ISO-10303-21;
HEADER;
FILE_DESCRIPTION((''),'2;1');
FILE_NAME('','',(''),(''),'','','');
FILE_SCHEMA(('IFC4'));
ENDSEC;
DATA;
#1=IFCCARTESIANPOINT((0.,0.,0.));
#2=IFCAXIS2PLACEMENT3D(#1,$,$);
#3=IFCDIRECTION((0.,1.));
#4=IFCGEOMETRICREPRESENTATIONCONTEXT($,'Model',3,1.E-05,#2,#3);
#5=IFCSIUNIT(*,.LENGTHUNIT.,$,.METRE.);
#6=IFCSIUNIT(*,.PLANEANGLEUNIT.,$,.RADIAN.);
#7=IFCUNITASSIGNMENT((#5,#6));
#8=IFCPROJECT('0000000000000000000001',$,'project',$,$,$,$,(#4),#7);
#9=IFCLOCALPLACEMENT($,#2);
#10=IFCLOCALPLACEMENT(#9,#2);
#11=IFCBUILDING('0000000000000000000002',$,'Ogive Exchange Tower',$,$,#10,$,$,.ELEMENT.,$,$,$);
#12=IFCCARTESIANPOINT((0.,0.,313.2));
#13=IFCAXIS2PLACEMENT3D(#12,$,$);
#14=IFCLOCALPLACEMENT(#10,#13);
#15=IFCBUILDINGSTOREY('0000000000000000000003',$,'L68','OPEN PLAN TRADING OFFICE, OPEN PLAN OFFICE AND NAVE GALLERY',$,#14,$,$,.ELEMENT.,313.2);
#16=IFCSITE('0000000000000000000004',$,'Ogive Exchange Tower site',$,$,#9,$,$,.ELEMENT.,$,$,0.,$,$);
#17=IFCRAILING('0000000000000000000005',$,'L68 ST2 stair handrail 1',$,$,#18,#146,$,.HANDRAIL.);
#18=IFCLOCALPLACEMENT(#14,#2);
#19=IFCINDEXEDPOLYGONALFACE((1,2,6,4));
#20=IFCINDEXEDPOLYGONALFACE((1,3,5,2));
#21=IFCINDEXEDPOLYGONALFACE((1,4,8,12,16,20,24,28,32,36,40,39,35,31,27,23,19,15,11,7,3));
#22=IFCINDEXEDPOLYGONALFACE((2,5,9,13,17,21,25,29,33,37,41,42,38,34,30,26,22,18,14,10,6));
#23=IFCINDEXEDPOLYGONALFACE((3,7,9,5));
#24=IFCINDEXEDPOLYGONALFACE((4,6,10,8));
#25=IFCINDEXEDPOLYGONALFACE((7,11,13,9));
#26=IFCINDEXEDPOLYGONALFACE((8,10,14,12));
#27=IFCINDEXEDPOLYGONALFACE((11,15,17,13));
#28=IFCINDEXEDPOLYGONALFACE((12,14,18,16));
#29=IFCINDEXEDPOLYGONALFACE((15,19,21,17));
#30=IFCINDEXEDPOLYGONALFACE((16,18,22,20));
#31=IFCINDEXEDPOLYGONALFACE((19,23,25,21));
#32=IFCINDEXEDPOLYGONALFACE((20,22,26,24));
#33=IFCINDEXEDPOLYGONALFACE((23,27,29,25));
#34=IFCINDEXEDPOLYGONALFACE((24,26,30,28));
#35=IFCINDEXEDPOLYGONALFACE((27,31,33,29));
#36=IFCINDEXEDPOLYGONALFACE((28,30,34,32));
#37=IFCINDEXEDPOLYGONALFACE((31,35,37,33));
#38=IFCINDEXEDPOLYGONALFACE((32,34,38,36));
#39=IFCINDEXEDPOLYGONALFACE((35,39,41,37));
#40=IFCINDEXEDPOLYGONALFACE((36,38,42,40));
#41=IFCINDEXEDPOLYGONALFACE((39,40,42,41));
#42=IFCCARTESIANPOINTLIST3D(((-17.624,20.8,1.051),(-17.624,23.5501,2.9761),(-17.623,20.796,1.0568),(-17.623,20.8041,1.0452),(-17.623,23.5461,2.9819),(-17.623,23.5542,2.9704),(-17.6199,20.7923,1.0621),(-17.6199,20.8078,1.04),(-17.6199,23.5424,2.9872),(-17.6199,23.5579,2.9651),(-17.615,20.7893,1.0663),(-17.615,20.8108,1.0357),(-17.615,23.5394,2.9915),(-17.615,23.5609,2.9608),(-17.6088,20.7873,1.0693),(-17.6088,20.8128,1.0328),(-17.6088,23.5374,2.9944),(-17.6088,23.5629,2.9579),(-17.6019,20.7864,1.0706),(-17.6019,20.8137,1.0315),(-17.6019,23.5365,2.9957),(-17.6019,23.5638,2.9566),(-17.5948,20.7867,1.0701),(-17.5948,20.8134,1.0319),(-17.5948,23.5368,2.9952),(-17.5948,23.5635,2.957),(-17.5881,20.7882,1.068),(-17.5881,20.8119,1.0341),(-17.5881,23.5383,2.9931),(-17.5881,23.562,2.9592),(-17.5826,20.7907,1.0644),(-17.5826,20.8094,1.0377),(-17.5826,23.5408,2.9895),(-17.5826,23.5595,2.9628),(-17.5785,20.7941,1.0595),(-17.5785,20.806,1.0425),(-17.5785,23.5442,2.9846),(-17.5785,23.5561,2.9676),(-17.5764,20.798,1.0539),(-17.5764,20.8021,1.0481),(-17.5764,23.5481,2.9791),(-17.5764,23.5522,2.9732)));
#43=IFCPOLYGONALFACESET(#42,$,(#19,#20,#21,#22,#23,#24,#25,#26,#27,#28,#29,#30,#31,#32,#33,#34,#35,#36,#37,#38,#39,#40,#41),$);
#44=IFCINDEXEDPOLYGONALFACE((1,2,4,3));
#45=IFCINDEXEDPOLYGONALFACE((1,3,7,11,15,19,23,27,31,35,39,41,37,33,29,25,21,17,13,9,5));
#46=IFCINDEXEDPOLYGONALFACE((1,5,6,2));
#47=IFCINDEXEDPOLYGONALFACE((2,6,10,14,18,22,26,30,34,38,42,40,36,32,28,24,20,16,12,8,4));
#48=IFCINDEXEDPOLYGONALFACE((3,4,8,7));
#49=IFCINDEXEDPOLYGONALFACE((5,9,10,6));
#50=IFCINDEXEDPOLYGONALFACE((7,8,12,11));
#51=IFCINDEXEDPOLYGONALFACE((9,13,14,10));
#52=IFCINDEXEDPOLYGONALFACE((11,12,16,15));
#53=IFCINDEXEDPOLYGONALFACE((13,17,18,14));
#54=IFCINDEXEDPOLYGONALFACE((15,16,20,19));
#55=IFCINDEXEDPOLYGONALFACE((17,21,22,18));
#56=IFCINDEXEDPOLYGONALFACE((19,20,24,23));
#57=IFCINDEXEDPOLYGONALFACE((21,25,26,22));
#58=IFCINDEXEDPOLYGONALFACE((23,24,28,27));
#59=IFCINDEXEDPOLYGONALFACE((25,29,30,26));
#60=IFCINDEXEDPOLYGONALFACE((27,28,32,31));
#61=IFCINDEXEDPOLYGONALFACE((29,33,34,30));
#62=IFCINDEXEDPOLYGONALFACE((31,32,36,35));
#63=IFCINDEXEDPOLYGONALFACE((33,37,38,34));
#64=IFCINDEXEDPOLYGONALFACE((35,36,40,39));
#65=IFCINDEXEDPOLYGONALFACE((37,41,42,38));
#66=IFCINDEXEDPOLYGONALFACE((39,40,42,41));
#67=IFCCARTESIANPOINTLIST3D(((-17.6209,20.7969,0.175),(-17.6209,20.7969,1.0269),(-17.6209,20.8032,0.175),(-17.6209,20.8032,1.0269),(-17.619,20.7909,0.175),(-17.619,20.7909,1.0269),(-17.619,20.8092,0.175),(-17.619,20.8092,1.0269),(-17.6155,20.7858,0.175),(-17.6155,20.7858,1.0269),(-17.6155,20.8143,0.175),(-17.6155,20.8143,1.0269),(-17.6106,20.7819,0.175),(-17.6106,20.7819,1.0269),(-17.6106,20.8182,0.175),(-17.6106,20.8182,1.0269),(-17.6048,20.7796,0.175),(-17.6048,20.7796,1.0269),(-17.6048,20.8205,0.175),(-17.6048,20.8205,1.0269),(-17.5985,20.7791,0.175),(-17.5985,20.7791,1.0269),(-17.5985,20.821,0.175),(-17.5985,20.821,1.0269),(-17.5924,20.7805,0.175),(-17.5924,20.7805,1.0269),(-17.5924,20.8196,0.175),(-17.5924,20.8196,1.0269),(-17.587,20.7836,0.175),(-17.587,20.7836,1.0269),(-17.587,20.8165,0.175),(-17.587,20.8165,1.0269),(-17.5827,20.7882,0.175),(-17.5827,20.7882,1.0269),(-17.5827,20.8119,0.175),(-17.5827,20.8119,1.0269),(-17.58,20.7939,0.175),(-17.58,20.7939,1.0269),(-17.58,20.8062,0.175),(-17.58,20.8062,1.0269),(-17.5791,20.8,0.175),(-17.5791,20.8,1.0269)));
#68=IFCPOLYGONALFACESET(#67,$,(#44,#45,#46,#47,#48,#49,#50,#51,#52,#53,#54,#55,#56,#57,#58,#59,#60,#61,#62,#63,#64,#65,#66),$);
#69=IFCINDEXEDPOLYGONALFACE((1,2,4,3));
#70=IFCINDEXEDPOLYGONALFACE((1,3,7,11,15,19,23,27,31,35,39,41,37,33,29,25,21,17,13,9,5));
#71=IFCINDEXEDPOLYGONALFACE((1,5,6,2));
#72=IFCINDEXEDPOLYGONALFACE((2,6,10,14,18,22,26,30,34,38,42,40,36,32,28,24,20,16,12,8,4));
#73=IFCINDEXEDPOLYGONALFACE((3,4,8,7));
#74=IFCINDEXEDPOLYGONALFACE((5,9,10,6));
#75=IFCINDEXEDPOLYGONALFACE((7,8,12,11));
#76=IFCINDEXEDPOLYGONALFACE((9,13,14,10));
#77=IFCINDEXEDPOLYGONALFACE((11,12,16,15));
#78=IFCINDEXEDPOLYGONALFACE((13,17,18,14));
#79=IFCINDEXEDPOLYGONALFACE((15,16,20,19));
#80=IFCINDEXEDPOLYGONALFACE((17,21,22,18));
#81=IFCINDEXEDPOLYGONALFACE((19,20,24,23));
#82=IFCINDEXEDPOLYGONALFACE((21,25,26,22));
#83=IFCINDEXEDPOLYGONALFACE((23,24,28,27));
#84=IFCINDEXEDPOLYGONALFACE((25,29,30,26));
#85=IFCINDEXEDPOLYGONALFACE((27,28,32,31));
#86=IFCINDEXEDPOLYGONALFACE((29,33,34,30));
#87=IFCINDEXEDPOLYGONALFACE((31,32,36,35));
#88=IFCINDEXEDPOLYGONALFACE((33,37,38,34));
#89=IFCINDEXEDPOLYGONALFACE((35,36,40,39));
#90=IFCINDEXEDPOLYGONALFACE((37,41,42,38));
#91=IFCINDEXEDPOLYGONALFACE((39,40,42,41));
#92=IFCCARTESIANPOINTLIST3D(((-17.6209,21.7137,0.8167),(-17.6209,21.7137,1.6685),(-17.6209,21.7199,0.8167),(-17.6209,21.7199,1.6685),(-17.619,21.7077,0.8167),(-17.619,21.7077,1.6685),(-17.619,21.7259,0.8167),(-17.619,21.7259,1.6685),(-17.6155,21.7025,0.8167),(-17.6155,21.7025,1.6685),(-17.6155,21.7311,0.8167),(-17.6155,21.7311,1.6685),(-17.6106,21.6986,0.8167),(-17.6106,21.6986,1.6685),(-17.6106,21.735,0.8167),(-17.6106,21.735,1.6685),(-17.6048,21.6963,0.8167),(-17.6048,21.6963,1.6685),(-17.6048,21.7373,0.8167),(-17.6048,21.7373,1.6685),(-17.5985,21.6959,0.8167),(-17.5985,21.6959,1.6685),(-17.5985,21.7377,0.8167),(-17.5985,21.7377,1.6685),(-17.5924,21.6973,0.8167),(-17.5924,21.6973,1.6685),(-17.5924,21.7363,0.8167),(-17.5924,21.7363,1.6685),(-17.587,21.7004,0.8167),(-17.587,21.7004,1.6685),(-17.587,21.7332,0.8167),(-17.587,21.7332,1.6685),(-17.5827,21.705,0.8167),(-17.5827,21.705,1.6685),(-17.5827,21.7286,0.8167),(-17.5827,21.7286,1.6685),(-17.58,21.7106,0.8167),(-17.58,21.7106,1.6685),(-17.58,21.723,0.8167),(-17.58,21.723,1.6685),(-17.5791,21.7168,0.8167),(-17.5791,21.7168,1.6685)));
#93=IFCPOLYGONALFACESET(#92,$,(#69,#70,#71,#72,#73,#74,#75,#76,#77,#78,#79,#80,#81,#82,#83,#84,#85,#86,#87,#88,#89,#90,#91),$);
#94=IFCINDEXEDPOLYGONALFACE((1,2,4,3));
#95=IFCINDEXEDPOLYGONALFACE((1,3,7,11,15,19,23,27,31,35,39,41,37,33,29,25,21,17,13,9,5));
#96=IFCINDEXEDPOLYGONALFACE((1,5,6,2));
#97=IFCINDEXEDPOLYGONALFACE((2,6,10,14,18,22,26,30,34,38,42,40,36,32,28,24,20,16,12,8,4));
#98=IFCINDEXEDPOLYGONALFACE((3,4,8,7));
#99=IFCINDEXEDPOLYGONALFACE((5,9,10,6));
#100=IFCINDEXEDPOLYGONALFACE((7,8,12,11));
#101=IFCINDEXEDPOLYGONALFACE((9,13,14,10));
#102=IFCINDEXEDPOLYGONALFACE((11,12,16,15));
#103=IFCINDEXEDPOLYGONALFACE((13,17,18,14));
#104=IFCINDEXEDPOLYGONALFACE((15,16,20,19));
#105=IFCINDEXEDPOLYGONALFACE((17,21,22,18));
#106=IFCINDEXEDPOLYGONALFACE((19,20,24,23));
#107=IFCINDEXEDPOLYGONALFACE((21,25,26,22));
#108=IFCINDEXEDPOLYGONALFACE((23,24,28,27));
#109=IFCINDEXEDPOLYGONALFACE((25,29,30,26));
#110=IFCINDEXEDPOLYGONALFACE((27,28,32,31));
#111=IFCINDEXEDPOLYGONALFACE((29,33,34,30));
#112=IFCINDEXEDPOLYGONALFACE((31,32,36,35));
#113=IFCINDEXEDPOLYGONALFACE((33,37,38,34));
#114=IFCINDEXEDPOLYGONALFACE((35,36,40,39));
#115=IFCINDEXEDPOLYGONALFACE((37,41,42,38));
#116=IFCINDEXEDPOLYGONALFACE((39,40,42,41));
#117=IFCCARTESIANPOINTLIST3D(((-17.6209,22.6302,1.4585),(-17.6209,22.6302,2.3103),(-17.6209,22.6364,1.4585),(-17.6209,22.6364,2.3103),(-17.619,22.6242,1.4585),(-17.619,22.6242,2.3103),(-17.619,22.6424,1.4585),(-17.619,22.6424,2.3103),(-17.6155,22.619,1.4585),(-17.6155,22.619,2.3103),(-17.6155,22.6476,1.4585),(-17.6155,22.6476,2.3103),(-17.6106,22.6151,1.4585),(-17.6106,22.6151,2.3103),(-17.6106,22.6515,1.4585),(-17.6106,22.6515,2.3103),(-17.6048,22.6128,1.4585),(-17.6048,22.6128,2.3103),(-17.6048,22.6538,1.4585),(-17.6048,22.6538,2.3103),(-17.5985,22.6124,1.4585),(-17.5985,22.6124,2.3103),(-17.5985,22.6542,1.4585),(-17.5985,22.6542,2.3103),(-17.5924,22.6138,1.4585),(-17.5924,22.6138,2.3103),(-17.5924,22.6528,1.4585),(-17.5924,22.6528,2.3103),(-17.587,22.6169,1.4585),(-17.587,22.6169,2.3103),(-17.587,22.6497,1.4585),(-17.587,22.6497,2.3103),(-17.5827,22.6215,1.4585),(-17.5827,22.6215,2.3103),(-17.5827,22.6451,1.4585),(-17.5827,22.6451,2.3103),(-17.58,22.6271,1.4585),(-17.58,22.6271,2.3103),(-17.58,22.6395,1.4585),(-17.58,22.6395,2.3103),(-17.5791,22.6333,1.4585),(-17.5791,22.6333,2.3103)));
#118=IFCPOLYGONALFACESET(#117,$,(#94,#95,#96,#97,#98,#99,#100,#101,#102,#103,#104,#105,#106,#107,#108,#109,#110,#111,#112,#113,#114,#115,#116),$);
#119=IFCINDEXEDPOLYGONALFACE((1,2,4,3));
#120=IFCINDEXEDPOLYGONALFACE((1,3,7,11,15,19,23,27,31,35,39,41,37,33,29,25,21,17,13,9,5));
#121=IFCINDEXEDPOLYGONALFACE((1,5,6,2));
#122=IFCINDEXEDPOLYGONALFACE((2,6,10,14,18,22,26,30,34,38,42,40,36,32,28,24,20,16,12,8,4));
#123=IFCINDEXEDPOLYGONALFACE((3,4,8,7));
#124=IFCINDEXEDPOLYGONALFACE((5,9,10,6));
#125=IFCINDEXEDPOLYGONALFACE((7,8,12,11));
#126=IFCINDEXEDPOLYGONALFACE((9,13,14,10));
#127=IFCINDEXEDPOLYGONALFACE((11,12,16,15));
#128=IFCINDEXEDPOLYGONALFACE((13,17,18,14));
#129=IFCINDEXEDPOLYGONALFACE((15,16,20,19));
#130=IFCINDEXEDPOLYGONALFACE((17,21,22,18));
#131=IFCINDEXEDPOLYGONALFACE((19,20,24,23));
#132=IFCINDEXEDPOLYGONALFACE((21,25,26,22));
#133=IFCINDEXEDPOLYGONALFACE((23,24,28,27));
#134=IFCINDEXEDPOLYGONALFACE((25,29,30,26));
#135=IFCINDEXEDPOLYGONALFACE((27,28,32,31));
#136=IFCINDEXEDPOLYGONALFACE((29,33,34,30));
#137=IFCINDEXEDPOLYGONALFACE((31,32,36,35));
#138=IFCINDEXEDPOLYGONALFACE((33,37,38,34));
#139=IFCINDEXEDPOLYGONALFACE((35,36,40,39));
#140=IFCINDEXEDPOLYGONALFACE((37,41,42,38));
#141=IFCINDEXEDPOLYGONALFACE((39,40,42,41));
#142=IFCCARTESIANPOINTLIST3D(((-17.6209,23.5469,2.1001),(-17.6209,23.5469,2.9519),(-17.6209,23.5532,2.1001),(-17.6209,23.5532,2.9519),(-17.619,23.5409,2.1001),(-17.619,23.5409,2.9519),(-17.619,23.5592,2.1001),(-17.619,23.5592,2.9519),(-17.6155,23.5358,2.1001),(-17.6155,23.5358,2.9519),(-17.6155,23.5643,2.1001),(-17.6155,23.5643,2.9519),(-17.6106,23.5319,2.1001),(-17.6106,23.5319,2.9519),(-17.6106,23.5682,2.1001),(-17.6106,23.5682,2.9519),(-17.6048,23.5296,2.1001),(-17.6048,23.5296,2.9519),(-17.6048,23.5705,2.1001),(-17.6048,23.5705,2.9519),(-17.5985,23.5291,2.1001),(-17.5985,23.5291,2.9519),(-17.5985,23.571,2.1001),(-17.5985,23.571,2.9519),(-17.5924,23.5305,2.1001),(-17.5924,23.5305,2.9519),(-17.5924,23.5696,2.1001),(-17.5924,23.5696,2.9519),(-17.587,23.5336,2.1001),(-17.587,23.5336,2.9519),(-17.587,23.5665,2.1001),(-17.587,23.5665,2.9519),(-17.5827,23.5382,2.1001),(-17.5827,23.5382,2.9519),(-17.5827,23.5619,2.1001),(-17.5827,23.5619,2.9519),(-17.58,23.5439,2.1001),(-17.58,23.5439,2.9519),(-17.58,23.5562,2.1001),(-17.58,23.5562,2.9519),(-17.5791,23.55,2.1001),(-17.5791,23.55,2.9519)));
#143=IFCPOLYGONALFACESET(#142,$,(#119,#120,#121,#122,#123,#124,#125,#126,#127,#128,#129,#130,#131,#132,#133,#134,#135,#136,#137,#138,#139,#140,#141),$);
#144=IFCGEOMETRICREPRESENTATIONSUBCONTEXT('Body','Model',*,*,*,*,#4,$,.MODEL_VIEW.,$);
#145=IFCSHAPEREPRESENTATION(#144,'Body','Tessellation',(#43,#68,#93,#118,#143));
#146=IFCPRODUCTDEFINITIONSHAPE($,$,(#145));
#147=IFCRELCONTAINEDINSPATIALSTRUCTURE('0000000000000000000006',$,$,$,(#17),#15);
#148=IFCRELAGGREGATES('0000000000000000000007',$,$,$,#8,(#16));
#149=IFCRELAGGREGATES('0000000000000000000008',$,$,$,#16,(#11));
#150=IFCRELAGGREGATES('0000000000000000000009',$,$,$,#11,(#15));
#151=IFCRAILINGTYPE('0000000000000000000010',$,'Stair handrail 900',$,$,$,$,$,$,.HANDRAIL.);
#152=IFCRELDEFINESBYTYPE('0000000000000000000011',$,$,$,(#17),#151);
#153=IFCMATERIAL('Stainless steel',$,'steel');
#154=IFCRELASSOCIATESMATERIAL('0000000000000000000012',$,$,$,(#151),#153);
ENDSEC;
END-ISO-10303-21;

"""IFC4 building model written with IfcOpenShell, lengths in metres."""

from ifc_helpers import new_model, si_unit, direction, frame, origin, origin_2d, place, context, subcontext, project, spatial, circle, extrude, material, type_object, element, save


model = new_model("IFC4")

# Units and contexts
model_context = context("Model", 3, precision=1e-05, world=origin(), true_north=direction((0.0, 1.0)))
body_context = subcontext(model_context, "Body", "Model", "MODEL_VIEW")
ifc_project = project(units=[si_unit("LENGTHUNIT", "METRE"), si_unit("PLANEANGLEUNIT", "RADIAN")], contexts=[model_context])

# Site, building, storey
site_placement = place(None, origin())
site = spatial("IfcSite", under=ifc_project, at=site_placement, Name="Ogive Exchange Tower site", CompositionType="ELEMENT", RefElevation=0.0)
building_placement = place(site_placement, origin())
building = spatial("IfcBuilding", under=site, at=building_placement, Name="Ogive Exchange Tower", CompositionType="ELEMENT")
storey_placement = place(building_placement, frame((0.0, 0.0, 313.2)))
storey = spatial("IfcBuildingStorey", under=building, at=storey_placement, Name="L68", Description="OPEN PLAN TRADING OFFICE, OPEN PLAN OFFICE AND NAVE GALLERY", CompositionType="ELEMENT", Elevation=313.2)

# Railing
ifc_material_1 = material(Name="Stainless steel", Category="steel")
railing_type = type_object("IfcRailingType", Name="Stair handrail 900", PredefinedType="HANDRAIL", material=ifc_material_1)
railing_1_placement = place(storey_placement, frame((-17.6001, 20.8, 0.175)))
element("IfcRailing", 1, at=railing_1_placement, inside=storey, type_object=railing_type, Name="L68 ST2 stair handrail 1", PredefinedType="HANDRAIL", context=body_context, shape_type="SweptSolid", body=[
    extrude(circle(Radius=0.0239, at=origin_2d()), frame((0.0, 0.0, 0.876), z_axis=(0.0, 0.819225, 0.573472), x_axis=(-1.0, 0.0, 0.0)), (0.0, 0.0, 1.0), 3.3569),
    extrude(circle(Radius=0.021, at=origin_2d()), origin(), (0.0, 0.0, 1.0), 0.8518),
    extrude(circle(Radius=0.021, at=origin_2d()), frame((0.0, 0.9167, 0.6416)), (0.0, 0.0, 1.0), 0.8518),
    extrude(circle(Radius=0.021, at=origin_2d()), frame((0.0, 1.8333, 1.2834)), (0.0, 0.0, 1.0), 0.8518),
    extrude(circle(Radius=0.021, at=origin_2d()), frame((0.0, 2.75, 1.925)), (0.0, 0.0, 1.0), 0.8518),
])

save(model, "model.ifc")
